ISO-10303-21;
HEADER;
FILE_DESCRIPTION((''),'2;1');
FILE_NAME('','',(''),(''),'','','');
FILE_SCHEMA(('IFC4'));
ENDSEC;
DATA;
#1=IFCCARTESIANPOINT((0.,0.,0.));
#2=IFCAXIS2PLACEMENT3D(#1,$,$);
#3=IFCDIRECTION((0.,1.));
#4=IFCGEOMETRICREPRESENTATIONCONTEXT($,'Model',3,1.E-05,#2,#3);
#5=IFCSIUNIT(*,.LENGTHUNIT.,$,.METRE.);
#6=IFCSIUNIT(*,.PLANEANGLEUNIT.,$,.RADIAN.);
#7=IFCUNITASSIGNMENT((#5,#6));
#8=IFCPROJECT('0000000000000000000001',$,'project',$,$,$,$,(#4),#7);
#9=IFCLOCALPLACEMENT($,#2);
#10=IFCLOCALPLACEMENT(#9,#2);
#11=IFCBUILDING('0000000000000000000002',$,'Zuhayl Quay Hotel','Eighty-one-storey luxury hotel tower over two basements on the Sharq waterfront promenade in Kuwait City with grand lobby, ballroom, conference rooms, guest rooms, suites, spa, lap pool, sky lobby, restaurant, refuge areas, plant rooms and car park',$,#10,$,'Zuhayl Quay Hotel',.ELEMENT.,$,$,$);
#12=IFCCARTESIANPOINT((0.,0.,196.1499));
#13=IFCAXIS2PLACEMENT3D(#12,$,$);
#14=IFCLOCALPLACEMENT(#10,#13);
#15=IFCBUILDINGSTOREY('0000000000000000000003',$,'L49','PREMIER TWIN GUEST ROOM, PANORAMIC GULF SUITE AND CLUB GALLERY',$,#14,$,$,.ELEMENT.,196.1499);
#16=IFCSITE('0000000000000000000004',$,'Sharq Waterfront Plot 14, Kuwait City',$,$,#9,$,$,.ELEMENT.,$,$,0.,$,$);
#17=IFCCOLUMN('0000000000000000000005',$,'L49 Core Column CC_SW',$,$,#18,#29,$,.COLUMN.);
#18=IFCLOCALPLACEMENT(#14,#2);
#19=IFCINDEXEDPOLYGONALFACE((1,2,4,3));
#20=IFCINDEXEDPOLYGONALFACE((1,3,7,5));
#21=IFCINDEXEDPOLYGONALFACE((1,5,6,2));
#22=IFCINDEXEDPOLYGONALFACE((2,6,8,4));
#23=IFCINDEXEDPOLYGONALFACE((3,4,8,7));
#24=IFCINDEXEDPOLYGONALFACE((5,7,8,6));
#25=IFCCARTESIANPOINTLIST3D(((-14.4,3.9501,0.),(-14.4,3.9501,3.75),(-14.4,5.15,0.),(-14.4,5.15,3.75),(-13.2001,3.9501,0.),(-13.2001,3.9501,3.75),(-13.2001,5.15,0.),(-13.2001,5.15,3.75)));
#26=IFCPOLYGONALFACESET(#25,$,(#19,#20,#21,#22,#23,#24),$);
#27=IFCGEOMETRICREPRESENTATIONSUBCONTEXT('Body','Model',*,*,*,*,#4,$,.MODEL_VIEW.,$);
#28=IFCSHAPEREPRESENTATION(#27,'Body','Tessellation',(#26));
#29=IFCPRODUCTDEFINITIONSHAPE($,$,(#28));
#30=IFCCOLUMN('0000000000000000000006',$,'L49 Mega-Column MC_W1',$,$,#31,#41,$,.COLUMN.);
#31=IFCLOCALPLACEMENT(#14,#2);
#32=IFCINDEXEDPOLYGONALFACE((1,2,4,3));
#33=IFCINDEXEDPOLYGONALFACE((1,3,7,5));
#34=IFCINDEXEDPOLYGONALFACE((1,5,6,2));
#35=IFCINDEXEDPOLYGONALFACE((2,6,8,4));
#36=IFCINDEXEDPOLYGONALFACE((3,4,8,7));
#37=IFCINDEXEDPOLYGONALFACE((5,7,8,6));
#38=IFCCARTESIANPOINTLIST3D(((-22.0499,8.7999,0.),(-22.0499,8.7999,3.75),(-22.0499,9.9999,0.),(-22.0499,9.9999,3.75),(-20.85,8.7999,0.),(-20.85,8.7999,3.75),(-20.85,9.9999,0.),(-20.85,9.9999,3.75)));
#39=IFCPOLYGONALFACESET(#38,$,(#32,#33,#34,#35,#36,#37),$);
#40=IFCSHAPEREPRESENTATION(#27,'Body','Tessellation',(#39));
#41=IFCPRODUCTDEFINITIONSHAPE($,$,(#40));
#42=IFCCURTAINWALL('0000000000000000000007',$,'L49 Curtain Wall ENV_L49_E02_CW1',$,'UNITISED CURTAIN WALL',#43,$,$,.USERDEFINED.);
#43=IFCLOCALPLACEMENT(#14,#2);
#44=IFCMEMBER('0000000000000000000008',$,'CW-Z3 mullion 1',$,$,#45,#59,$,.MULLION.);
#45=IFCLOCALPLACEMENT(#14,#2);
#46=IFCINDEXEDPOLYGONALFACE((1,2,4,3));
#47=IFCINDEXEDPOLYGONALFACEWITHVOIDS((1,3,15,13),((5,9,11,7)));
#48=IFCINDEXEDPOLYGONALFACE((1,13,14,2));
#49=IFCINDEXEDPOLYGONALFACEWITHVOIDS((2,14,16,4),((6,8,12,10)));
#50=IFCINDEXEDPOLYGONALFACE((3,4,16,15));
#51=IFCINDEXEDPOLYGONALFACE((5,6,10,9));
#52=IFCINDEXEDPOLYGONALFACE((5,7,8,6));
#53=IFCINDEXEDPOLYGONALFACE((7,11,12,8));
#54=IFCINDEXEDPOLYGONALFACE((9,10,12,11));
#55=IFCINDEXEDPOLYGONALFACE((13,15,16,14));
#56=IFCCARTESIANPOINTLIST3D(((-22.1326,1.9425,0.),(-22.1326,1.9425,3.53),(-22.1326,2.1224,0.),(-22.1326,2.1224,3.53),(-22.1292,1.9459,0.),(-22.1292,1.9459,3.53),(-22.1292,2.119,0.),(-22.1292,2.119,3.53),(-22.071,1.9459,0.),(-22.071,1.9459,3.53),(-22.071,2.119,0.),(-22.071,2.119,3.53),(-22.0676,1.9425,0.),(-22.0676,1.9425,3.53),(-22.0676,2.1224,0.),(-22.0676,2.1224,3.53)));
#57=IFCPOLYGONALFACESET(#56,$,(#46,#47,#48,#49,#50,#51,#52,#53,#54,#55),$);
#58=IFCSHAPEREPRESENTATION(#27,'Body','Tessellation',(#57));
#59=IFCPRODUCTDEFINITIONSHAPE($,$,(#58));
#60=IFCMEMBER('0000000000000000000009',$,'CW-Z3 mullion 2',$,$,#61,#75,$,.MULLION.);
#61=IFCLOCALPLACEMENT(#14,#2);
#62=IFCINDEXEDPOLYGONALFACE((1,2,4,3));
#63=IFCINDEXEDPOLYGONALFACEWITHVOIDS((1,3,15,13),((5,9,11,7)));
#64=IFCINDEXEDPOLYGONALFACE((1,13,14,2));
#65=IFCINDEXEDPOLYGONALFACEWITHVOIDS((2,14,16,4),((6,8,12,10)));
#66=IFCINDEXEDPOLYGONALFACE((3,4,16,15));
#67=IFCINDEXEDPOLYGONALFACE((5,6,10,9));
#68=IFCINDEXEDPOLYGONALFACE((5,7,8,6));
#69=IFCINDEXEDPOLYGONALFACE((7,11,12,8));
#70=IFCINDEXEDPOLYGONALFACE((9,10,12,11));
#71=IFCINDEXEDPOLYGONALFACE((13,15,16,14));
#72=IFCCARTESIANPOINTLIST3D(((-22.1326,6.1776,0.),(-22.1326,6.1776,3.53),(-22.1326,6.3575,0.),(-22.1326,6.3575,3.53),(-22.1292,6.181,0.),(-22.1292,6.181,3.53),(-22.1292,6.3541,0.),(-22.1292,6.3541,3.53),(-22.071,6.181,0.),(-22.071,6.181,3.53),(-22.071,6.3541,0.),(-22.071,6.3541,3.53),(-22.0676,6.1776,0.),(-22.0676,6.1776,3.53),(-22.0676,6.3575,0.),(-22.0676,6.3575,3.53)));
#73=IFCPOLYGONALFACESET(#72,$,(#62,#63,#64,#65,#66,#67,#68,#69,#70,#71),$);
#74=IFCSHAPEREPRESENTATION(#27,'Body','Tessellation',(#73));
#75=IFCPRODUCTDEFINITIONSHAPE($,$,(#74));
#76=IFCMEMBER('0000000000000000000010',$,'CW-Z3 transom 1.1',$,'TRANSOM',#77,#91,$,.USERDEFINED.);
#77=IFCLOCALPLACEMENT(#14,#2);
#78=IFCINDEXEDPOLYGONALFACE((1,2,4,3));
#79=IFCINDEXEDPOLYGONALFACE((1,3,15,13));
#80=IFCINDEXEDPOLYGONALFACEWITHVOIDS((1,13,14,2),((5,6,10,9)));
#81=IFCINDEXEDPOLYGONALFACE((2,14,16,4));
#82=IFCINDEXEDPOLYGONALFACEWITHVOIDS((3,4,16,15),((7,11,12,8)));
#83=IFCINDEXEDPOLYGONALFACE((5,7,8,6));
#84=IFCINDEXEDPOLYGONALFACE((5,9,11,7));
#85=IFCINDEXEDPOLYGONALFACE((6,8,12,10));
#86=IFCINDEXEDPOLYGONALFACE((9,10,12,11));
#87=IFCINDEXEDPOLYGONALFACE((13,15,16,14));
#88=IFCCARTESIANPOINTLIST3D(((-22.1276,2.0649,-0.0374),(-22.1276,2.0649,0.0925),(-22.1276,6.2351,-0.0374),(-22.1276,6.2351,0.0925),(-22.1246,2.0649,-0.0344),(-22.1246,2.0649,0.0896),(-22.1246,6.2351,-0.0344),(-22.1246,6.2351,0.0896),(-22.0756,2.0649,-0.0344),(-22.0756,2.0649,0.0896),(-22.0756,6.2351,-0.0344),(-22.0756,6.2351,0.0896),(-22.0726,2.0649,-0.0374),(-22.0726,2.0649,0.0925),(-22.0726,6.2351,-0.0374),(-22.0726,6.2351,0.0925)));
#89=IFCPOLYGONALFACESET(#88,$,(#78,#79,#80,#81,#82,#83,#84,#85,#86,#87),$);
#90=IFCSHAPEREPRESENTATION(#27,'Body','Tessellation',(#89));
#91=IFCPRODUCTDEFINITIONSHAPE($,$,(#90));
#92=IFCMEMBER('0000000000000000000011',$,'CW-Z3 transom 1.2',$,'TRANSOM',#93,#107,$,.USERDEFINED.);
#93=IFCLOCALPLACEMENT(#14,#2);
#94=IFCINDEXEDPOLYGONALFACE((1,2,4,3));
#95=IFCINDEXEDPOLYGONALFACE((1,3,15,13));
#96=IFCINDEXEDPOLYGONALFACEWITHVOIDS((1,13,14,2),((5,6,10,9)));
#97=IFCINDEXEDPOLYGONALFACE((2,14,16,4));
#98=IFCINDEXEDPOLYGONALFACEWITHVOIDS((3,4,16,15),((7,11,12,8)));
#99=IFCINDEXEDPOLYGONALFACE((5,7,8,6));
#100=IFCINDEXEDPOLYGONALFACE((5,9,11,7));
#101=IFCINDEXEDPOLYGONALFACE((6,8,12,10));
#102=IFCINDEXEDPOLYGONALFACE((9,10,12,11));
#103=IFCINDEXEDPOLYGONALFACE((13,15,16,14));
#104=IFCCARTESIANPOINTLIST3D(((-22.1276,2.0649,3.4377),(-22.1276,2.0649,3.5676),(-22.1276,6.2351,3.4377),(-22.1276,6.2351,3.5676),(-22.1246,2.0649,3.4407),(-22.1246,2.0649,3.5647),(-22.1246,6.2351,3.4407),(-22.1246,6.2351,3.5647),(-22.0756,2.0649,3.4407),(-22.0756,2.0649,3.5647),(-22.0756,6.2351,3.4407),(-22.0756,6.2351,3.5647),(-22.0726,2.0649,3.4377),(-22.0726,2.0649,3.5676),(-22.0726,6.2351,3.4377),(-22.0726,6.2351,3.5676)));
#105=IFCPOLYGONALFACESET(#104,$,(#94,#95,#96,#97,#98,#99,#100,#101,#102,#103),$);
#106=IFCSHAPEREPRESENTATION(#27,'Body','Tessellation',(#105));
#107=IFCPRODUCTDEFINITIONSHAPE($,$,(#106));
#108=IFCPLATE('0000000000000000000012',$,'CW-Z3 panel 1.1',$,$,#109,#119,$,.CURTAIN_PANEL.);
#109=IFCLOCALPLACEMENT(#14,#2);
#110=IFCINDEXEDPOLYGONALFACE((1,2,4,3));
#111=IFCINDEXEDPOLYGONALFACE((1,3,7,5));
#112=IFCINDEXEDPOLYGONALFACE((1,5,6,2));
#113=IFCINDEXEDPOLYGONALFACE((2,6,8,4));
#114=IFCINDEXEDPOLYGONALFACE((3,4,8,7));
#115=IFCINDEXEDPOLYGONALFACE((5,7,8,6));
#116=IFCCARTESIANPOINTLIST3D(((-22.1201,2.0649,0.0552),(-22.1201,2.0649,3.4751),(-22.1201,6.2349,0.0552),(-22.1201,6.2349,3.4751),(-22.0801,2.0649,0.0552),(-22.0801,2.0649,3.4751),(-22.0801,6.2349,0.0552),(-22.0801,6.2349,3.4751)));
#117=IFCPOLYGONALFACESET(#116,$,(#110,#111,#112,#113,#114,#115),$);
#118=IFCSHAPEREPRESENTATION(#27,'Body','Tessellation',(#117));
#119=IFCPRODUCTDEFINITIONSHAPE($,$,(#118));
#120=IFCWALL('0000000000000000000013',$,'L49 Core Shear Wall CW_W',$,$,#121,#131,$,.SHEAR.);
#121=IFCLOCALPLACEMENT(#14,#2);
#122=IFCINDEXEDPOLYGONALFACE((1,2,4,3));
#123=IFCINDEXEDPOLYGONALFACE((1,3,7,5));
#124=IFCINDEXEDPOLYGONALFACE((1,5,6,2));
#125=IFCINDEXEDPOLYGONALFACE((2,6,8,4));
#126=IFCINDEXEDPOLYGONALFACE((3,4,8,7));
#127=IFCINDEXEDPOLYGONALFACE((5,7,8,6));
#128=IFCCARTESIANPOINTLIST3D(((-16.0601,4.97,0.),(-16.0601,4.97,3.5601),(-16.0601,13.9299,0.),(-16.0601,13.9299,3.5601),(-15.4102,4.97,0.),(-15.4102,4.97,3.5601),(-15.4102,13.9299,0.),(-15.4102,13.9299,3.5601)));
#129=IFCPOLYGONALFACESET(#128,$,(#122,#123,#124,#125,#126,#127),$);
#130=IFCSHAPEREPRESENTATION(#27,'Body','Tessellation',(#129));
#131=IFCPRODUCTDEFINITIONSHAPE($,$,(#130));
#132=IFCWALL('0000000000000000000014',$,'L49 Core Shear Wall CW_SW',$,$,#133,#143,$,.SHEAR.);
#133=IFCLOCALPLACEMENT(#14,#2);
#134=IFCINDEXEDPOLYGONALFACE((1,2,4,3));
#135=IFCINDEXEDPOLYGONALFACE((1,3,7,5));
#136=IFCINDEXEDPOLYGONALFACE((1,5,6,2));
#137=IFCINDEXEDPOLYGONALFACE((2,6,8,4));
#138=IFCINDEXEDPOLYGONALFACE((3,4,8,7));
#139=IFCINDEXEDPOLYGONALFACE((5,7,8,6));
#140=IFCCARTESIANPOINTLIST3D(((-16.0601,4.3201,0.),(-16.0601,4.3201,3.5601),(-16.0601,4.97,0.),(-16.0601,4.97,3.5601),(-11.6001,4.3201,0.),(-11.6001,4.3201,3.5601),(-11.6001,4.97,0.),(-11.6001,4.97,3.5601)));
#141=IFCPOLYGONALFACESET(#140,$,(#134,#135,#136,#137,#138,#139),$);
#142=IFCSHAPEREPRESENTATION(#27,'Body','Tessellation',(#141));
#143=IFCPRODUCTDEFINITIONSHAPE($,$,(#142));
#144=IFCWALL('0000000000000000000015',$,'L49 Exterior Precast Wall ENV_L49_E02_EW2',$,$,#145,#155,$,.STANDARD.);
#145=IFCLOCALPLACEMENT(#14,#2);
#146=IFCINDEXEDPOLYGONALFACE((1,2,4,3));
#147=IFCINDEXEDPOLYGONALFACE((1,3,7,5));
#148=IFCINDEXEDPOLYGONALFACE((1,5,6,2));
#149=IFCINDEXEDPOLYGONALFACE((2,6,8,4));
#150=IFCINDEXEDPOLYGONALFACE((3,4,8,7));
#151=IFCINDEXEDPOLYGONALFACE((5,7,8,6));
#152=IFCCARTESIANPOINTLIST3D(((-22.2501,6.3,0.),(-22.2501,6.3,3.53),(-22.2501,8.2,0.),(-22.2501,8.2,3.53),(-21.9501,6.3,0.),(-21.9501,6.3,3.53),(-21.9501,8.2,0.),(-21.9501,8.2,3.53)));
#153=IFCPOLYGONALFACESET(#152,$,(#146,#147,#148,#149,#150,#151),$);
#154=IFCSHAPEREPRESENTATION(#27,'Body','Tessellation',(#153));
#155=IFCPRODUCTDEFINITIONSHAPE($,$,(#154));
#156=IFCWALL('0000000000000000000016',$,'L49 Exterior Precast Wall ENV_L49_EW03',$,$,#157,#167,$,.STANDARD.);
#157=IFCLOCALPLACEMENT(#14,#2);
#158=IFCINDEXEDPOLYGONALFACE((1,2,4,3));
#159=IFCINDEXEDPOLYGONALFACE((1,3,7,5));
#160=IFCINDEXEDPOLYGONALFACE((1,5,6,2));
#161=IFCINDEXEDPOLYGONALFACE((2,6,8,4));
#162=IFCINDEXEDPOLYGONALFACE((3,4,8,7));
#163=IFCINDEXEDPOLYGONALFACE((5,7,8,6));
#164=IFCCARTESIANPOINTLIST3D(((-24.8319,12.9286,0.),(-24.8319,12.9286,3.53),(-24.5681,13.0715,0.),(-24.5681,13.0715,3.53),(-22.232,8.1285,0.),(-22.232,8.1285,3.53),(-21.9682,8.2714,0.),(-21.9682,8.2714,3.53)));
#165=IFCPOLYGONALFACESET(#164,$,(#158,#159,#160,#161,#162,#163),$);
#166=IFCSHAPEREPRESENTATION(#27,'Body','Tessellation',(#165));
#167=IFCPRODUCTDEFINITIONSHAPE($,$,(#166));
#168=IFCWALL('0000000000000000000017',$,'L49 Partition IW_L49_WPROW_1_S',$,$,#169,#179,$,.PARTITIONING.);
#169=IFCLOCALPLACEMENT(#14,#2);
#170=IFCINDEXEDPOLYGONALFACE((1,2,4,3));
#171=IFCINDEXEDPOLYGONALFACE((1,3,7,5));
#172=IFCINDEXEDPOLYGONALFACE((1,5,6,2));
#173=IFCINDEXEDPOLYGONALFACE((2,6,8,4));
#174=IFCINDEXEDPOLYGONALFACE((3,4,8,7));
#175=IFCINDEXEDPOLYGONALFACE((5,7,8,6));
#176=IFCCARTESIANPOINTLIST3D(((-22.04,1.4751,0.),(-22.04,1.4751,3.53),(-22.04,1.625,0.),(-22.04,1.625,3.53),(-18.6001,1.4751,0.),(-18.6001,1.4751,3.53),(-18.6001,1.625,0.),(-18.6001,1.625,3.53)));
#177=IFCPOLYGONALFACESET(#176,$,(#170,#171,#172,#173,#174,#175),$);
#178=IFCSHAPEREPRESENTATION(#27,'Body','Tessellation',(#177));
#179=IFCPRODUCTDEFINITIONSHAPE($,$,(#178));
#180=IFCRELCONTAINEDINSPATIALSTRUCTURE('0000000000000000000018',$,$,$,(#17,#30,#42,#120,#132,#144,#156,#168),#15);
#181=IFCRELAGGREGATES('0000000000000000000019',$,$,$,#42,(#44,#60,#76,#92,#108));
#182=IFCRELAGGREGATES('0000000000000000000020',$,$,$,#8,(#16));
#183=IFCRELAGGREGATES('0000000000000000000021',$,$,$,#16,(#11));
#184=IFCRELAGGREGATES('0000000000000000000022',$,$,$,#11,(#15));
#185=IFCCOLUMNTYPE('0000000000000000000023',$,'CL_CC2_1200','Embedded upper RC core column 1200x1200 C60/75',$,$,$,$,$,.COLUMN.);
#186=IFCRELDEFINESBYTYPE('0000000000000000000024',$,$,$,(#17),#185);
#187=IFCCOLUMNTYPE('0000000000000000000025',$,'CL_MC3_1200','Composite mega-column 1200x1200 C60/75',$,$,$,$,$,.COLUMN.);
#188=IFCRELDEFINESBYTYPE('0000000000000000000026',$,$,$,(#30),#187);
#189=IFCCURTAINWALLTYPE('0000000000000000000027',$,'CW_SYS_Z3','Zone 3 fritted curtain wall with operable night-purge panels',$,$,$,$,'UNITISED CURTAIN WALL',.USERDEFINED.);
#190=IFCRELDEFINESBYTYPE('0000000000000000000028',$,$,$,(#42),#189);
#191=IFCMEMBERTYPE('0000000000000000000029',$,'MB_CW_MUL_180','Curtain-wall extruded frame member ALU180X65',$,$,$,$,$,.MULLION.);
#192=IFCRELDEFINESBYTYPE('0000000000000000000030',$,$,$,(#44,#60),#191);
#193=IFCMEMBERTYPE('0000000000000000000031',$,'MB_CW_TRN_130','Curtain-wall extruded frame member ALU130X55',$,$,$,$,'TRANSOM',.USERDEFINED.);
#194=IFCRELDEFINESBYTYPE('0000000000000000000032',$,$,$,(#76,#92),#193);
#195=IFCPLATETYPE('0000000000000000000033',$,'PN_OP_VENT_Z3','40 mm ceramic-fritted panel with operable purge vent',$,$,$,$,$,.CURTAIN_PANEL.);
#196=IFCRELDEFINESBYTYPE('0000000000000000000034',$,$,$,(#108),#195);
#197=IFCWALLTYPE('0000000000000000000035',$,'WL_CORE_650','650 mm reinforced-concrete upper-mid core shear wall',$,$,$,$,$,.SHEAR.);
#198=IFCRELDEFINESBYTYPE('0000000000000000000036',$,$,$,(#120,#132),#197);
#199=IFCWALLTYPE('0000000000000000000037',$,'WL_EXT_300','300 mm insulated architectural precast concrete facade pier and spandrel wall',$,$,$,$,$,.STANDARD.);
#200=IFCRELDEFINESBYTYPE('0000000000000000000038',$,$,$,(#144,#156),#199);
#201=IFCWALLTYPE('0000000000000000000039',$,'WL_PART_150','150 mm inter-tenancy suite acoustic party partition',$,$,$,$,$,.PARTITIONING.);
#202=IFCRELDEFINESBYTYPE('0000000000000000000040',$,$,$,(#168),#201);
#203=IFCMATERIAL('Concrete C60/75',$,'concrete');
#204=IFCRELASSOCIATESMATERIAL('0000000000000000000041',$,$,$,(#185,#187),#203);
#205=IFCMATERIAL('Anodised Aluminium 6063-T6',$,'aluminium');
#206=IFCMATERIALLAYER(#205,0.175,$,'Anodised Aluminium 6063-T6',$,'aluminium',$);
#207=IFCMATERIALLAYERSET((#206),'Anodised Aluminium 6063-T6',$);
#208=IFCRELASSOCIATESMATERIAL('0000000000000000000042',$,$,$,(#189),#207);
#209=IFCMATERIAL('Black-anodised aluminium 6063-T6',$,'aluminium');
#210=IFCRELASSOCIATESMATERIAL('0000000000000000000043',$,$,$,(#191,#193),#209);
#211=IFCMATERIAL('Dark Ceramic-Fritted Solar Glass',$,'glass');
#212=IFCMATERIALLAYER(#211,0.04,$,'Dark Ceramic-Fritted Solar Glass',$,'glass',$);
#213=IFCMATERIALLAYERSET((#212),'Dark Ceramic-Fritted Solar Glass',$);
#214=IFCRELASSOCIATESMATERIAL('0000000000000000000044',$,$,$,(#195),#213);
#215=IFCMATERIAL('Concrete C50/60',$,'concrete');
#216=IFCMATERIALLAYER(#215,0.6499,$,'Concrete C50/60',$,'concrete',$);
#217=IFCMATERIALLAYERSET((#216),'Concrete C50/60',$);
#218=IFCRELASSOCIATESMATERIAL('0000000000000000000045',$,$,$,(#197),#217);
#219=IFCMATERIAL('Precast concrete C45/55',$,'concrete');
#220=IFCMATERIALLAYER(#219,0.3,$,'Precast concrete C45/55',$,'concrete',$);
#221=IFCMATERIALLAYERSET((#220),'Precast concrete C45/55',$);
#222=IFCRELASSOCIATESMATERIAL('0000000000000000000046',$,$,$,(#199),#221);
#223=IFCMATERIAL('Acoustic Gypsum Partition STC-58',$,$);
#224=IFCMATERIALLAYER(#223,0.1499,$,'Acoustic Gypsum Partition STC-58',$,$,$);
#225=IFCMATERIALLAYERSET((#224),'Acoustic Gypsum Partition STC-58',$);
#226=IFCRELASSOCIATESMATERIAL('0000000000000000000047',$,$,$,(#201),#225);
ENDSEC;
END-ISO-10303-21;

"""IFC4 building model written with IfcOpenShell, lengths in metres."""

from ifc_helpers import new_model, si_unit, direction, frame, frame_2d, origin, origin_2d, place, context, subcontext, project, spatial, rectangle, hollow_rectangle, extrude, material, layer, layer_set, material_profile, profile_set, type_object, element, aggregate, save


model = new_model("IFC4")

# Units and contexts
model_context = context("Model", 3, precision=1e-05, world=origin(), true_north=direction((0.0, 1.0)))
body_context = subcontext(model_context, "Body", "Model", "MODEL_VIEW")
ifc_project = project(units=[si_unit("LENGTHUNIT", "METRE"), si_unit("PLANEANGLEUNIT", "RADIAN")], contexts=[model_context])

# Site, building, storey
site_placement = place(None, origin())
site = spatial("IfcSite", under=ifc_project, at=site_placement, Name="Sharq Waterfront Plot 14, Kuwait City", CompositionType="ELEMENT", RefElevation=0.0)
building_placement = place(site_placement, origin())
building = spatial("IfcBuilding", under=site, at=building_placement, Name="Zuhayl Quay Hotel", Description="Eighty-one-storey luxury hotel tower over two basements on the Sharq waterfront promenade in Kuwait City with grand lobby, ballroom, conference rooms, guest rooms, suites, spa, lap pool, sky lobby, restaurant, refuge areas, plant rooms and car park", LongName="Zuhayl Quay Hotel", CompositionType="ELEMENT")
storey_placement = place(building_placement, frame((0.0, 0.0, 196.1499)))
storey = spatial("IfcBuildingStorey", under=building, at=storey_placement, Name="L49", Description="PREMIER TWIN GUEST ROOM, PANORAMIC GULF SUITE AND CLUB GALLERY", CompositionType="ELEMENT", Elevation=196.1499)

# Columns
ifc_material_1 = material(Name="Concrete C60/75", Category="concrete")
ifc_material_profile_1 = material_profile(ifc_material_1, rectangle(XDim=1.2, YDim=1.2, at=origin_2d()), Name="RC1200X1200")
ifc_profile_set_1 = profile_set([ifc_material_profile_1], Name="Concrete C60/75")
column_type_1 = type_object("IfcColumnType", Name="CL_CC2_1200", Description="Embedded upper RC core column 1200x1200 C60/75", PredefinedType="COLUMN", material=ifc_profile_set_1)
column_1_placement = place(storey_placement, frame((-13.8, 4.55, 0.0), z_axis=(0.0, 0.0, 1.0), x_axis=(1.0, 0.0, 0.0)))
element("IfcColumn", 1, at=column_1_placement, inside=storey, type_object=column_type_1, Name="L49 Core Column CC_SW", PredefinedType="COLUMN", context=body_context, shape_type="SweptSolid", body=[
    extrude(rectangle(XDim=1.2, YDim=1.2, at=origin_2d()), origin(), (0.0, 0.0, 1.0), 3.75),
])
ifc_material_profile_2 = material_profile(ifc_material_1, rectangle(XDim=1.2, YDim=1.2, at=origin_2d()), Name="RC1200X1200")
ifc_profile_set_2 = profile_set([ifc_material_profile_2], Name="Concrete C60/75")
column_type_2 = type_object("IfcColumnType", Name="CL_MC3_1200", Description="Composite mega-column 1200x1200 C60/75", PredefinedType="COLUMN", material=ifc_profile_set_2)
column_2_placement = place(storey_placement, frame((-21.45, 9.3999, 0.0), z_axis=(0.0, 0.0, 1.0), x_axis=(1.0, 0.0, 0.0)))
element("IfcColumn", 2, at=column_2_placement, inside=storey, type_object=column_type_2, Name="L49 Mega-Column MC_W1", PredefinedType="COLUMN", context=body_context, shape_type="SweptSolid", body=[
    extrude(rectangle(XDim=1.2, YDim=1.2, at=origin_2d()), origin(), (0.0, 0.0, 1.0), 3.75),
])

# Curtain wall, members, plate
ifc_material_2 = material(Name="Anodised Aluminium 6063-T6", Category="aluminium")
ifc_layer_1 = layer(ifc_material_2, 0.175, Name="Anodised Aluminium 6063-T6", Category="aluminium")
ifc_layer_set_1 = layer_set([ifc_layer_1], Name="Anodised Aluminium 6063-T6")
curtain_wall_type = type_object("IfcCurtainWallType", Name="CW_SYS_Z3", Description="Zone 3 fritted curtain wall with operable night-purge panels", ElementType="UNITISED CURTAIN WALL", PredefinedType="USERDEFINED", material=ifc_layer_set_1)
curtain_wall_placement = place(storey_placement, origin())
curtain_wall = element("IfcCurtainWall", 3, at=curtain_wall_placement, inside=storey, type_object=curtain_wall_type, Name="L49 Curtain Wall ENV_L49_E02_CW1", ObjectType="UNITISED CURTAIN WALL", PredefinedType="USERDEFINED")
ifc_material_3 = material(Name="Black-anodised aluminium 6063-T6", Category="aluminium")
ifc_material_profile_3 = material_profile(ifc_material_3, hollow_rectangle(XDim=0.0649, YDim=0.1799, WallThickness=0.0034, at=origin_2d()), Name="ALU180X65")
ifc_profile_set_3 = profile_set([ifc_material_profile_3], Name="Black-anodised aluminium 6063-T6")
member_type_1 = type_object("IfcMemberType", Name="MB_CW_MUL_180", Description="Curtain-wall extruded frame member ALU180X65", PredefinedType="MULLION", material=ifc_profile_set_3)
member_1_placement = place(storey_placement, frame((-22.1001, 2.0325, 0.0), z_axis=(0.0, 0.0, 1.0), x_axis=(-1.0, 0.0, 0.0)))
member_1 = element("IfcMember", 4, at=member_1_placement, type_object=member_type_1, Name="CW-Z3 mullion 1", PredefinedType="MULLION", context=body_context, shape_type="SweptSolid", body=[
    extrude(hollow_rectangle(XDim=0.0649, YDim=0.1799, WallThickness=0.0034, at=origin_2d()), origin(), (0.0, 0.0, 1.0), 3.53),
])
member_2_placement = place(storey_placement, frame((-22.1001, 6.2676, 0.0), z_axis=(0.0, 0.0, 1.0), x_axis=(-1.0, 0.0, 0.0)))
member_2 = element("IfcMember", 5, at=member_2_placement, type_object=member_type_1, Name="CW-Z3 mullion 2", PredefinedType="MULLION", context=body_context, shape_type="SweptSolid", body=[
    extrude(hollow_rectangle(XDim=0.0649, YDim=0.1799, WallThickness=0.0034, at=origin_2d()), origin(), (0.0, 0.0, 1.0), 3.53),
])
ifc_material_profile_4 = material_profile(ifc_material_3, hollow_rectangle(XDim=0.0549, YDim=0.1299, WallThickness=0.0029, at=origin_2d()), Name="ALU130X55")
ifc_profile_set_4 = profile_set([ifc_material_profile_4], Name="Black-anodised aluminium 6063-T6")
member_type_2 = type_object("IfcMemberType", Name="MB_CW_TRN_130", Description="Curtain-wall extruded frame member ALU130X55", ElementType="TRANSOM", PredefinedType="USERDEFINED", material=ifc_profile_set_4)
member_3_placement = place(storey_placement, frame((-22.1001, 2.0649, 0.0276), z_axis=(0.0, 1.0, 0.0), x_axis=(-1.0, 0.0, 0.0)))
member_3 = element("IfcMember", 6, at=member_3_placement, type_object=member_type_2, Name="CW-Z3 transom 1.1", ObjectType="TRANSOM", PredefinedType="USERDEFINED", context=body_context, shape_type="SweptSolid", body=[
    extrude(hollow_rectangle(XDim=0.0549, YDim=0.1299, WallThickness=0.0029, at=origin_2d()), origin(), (0.0, 0.0, 1.0), 4.1702),
])
member_4_placement = place(storey_placement, frame((-22.1001, 2.0649, 3.5027), z_axis=(0.0, 1.0, 0.0), x_axis=(-1.0, 0.0, 0.0)))
member_4 = element("IfcMember", 7, at=member_4_placement, type_object=member_type_2, Name="CW-Z3 transom 1.2", ObjectType="TRANSOM", PredefinedType="USERDEFINED", context=body_context, shape_type="SweptSolid", body=[
    extrude(hollow_rectangle(XDim=0.0549, YDim=0.1299, WallThickness=0.0029, at=origin_2d()), origin(), (0.0, 0.0, 1.0), 4.1702),
])
ifc_material_4 = material(Name="Dark Ceramic-Fritted Solar Glass", Category="glass")
ifc_layer_2 = layer(ifc_material_4, 0.04, Name="Dark Ceramic-Fritted Solar Glass", Category="glass")
ifc_layer_set_2 = layer_set([ifc_layer_2], Name="Dark Ceramic-Fritted Solar Glass")
plate_type = type_object("IfcPlateType", Name="PN_OP_VENT_Z3", Description="40 mm ceramic-fritted panel with operable purge vent", PredefinedType="CURTAIN_PANEL", material=ifc_layer_set_2)
plate_placement = place(storey_placement, frame((-22.1001, 4.1499, 0.0552), z_axis=(0.0, 0.0, 1.0), x_axis=(0.0, 1.0, 0.0)))
plate = element("IfcPlate", 8, at=plate_placement, type_object=plate_type, Name="CW-Z3 panel 1.1", PredefinedType="CURTAIN_PANEL", context=body_context, shape_type="SweptSolid", body=[
    extrude(rectangle(XDim=4.1699, YDim=0.04, at=origin_2d()), origin(), (0.0, 0.0, 1.0), 3.4199),
])
aggregate(curtain_wall, [member_1, member_2, member_3, member_4, plate])

# Walls
ifc_material_5 = material(Name="Concrete C50/60", Category="concrete")
ifc_layer_3 = layer(ifc_material_5, 0.6499, Name="Concrete C50/60", Category="concrete")
ifc_layer_set_3 = layer_set([ifc_layer_3], Name="Concrete C50/60")
wall_type_1 = type_object("IfcWallType", Name="WL_CORE_650", Description="650 mm reinforced-concrete upper-mid core shear wall", PredefinedType="SHEAR", material=ifc_layer_set_3)
wall_1_placement = place(storey_placement, frame((-15.7351, 4.97, 0.0), z_axis=(0.0, 0.0, 1.0), x_axis=(0.0, 1.0, 0.0)))
element("IfcWall", 9, at=wall_1_placement, inside=storey, type_object=wall_type_1, Name="L49 Core Shear Wall CW_W", PredefinedType="SHEAR", context=body_context, shape_type="SweptSolid", body=[
    extrude(rectangle(XDim=8.96, YDim=0.6499, at=frame_2d((4.48, 0.0))), origin(), (0.0, 0.0, 1.0), 3.5601),
])
wall_2_placement = place(storey_placement, frame((-16.0601, 4.645, 0.0), z_axis=(0.0, 0.0, 1.0), x_axis=(1.0, 0.0, 0.0)))
element("IfcWall", 10, at=wall_2_placement, inside=storey, type_object=wall_type_1, Name="L49 Core Shear Wall CW_SW", PredefinedType="SHEAR", context=body_context, shape_type="SweptSolid", body=[
    extrude(rectangle(XDim=4.46, YDim=0.6499, at=frame_2d((2.23, 0.0))), origin(), (0.0, 0.0, 1.0), 3.5601),
])
ifc_material_6 = material(Name="Precast concrete C45/55", Category="concrete")
ifc_layer_4 = layer(ifc_material_6, 0.3, Name="Precast concrete C45/55", Category="concrete")
ifc_layer_set_4 = layer_set([ifc_layer_4], Name="Precast concrete C45/55")
wall_type_2 = type_object("IfcWallType", Name="WL_EXT_300", Description="300 mm insulated architectural precast concrete facade pier and spandrel wall", PredefinedType="STANDARD", material=ifc_layer_set_4)
wall_3_placement = place(storey_placement, frame((-22.1001, 6.3, 0.0), z_axis=(0.0, 0.0, 1.0), x_axis=(0.0, 1.0, 0.0)))
element("IfcWall", 11, at=wall_3_placement, inside=storey, type_object=wall_type_2, Name="L49 Exterior Precast Wall ENV_L49_E02_EW2", PredefinedType="STANDARD", context=body_context, shape_type="SweptSolid", body=[
    extrude(rectangle(XDim=1.8999, YDim=0.3, at=frame_2d((0.95, 0.0))), origin(), (0.0, 0.0, 1.0), 3.53),
])
wall_4_placement = place(storey_placement, frame((-22.1001, 8.2, 0.0), z_axis=(0.0, 0.0, 1.0), x_axis=(-0.476259, 0.879305, 0.0)))
element("IfcWall", 12, at=wall_4_placement, inside=storey, type_object=wall_type_2, Name="L49 Exterior Precast Wall ENV_L49_EW03", PredefinedType="STANDARD", context=body_context, shape_type="SweptSolid", body=[
    extrude(rectangle(XDim=5.459, YDim=0.3, at=frame_2d((2.7295, 0.0))), origin(), (0.0, 0.0, 1.0), 3.53),
])
ifc_material_7 = material(Name="Acoustic Gypsum Partition STC-58")
ifc_layer_5 = layer(ifc_material_7, 0.1499, Name="Acoustic Gypsum Partition STC-58")
ifc_layer_set_5 = layer_set([ifc_layer_5], Name="Acoustic Gypsum Partition STC-58")
wall_type_3 = type_object("IfcWallType", Name="WL_PART_150", Description="150 mm inter-tenancy suite acoustic party partition", PredefinedType="PARTITIONING", material=ifc_layer_set_5)
for number, where, z_axis, x_axis, name in (
    (13, (-22.04, 1.55, 0.0), (0.0, 0.0, 1.0), (1.0, 0.0, 0.0), "L49 Partition IW_L49_WPROW_1_S"),
):
    element("IfcWall", number, at=place(storey_placement, frame(where, z_axis=z_axis, x_axis=x_axis)), inside=storey, type_object=wall_type_3, Name=name, PredefinedType="PARTITIONING", context=body_context, shape_type="SweptSolid", body=[
        extrude(rectangle(XDim=3.4399, YDim=0.1499, at=frame_2d((1.72, 0.0))), origin(), (0.0, 0.0, 1.0), 3.53),
    ])

save(model, "model.ifc")
